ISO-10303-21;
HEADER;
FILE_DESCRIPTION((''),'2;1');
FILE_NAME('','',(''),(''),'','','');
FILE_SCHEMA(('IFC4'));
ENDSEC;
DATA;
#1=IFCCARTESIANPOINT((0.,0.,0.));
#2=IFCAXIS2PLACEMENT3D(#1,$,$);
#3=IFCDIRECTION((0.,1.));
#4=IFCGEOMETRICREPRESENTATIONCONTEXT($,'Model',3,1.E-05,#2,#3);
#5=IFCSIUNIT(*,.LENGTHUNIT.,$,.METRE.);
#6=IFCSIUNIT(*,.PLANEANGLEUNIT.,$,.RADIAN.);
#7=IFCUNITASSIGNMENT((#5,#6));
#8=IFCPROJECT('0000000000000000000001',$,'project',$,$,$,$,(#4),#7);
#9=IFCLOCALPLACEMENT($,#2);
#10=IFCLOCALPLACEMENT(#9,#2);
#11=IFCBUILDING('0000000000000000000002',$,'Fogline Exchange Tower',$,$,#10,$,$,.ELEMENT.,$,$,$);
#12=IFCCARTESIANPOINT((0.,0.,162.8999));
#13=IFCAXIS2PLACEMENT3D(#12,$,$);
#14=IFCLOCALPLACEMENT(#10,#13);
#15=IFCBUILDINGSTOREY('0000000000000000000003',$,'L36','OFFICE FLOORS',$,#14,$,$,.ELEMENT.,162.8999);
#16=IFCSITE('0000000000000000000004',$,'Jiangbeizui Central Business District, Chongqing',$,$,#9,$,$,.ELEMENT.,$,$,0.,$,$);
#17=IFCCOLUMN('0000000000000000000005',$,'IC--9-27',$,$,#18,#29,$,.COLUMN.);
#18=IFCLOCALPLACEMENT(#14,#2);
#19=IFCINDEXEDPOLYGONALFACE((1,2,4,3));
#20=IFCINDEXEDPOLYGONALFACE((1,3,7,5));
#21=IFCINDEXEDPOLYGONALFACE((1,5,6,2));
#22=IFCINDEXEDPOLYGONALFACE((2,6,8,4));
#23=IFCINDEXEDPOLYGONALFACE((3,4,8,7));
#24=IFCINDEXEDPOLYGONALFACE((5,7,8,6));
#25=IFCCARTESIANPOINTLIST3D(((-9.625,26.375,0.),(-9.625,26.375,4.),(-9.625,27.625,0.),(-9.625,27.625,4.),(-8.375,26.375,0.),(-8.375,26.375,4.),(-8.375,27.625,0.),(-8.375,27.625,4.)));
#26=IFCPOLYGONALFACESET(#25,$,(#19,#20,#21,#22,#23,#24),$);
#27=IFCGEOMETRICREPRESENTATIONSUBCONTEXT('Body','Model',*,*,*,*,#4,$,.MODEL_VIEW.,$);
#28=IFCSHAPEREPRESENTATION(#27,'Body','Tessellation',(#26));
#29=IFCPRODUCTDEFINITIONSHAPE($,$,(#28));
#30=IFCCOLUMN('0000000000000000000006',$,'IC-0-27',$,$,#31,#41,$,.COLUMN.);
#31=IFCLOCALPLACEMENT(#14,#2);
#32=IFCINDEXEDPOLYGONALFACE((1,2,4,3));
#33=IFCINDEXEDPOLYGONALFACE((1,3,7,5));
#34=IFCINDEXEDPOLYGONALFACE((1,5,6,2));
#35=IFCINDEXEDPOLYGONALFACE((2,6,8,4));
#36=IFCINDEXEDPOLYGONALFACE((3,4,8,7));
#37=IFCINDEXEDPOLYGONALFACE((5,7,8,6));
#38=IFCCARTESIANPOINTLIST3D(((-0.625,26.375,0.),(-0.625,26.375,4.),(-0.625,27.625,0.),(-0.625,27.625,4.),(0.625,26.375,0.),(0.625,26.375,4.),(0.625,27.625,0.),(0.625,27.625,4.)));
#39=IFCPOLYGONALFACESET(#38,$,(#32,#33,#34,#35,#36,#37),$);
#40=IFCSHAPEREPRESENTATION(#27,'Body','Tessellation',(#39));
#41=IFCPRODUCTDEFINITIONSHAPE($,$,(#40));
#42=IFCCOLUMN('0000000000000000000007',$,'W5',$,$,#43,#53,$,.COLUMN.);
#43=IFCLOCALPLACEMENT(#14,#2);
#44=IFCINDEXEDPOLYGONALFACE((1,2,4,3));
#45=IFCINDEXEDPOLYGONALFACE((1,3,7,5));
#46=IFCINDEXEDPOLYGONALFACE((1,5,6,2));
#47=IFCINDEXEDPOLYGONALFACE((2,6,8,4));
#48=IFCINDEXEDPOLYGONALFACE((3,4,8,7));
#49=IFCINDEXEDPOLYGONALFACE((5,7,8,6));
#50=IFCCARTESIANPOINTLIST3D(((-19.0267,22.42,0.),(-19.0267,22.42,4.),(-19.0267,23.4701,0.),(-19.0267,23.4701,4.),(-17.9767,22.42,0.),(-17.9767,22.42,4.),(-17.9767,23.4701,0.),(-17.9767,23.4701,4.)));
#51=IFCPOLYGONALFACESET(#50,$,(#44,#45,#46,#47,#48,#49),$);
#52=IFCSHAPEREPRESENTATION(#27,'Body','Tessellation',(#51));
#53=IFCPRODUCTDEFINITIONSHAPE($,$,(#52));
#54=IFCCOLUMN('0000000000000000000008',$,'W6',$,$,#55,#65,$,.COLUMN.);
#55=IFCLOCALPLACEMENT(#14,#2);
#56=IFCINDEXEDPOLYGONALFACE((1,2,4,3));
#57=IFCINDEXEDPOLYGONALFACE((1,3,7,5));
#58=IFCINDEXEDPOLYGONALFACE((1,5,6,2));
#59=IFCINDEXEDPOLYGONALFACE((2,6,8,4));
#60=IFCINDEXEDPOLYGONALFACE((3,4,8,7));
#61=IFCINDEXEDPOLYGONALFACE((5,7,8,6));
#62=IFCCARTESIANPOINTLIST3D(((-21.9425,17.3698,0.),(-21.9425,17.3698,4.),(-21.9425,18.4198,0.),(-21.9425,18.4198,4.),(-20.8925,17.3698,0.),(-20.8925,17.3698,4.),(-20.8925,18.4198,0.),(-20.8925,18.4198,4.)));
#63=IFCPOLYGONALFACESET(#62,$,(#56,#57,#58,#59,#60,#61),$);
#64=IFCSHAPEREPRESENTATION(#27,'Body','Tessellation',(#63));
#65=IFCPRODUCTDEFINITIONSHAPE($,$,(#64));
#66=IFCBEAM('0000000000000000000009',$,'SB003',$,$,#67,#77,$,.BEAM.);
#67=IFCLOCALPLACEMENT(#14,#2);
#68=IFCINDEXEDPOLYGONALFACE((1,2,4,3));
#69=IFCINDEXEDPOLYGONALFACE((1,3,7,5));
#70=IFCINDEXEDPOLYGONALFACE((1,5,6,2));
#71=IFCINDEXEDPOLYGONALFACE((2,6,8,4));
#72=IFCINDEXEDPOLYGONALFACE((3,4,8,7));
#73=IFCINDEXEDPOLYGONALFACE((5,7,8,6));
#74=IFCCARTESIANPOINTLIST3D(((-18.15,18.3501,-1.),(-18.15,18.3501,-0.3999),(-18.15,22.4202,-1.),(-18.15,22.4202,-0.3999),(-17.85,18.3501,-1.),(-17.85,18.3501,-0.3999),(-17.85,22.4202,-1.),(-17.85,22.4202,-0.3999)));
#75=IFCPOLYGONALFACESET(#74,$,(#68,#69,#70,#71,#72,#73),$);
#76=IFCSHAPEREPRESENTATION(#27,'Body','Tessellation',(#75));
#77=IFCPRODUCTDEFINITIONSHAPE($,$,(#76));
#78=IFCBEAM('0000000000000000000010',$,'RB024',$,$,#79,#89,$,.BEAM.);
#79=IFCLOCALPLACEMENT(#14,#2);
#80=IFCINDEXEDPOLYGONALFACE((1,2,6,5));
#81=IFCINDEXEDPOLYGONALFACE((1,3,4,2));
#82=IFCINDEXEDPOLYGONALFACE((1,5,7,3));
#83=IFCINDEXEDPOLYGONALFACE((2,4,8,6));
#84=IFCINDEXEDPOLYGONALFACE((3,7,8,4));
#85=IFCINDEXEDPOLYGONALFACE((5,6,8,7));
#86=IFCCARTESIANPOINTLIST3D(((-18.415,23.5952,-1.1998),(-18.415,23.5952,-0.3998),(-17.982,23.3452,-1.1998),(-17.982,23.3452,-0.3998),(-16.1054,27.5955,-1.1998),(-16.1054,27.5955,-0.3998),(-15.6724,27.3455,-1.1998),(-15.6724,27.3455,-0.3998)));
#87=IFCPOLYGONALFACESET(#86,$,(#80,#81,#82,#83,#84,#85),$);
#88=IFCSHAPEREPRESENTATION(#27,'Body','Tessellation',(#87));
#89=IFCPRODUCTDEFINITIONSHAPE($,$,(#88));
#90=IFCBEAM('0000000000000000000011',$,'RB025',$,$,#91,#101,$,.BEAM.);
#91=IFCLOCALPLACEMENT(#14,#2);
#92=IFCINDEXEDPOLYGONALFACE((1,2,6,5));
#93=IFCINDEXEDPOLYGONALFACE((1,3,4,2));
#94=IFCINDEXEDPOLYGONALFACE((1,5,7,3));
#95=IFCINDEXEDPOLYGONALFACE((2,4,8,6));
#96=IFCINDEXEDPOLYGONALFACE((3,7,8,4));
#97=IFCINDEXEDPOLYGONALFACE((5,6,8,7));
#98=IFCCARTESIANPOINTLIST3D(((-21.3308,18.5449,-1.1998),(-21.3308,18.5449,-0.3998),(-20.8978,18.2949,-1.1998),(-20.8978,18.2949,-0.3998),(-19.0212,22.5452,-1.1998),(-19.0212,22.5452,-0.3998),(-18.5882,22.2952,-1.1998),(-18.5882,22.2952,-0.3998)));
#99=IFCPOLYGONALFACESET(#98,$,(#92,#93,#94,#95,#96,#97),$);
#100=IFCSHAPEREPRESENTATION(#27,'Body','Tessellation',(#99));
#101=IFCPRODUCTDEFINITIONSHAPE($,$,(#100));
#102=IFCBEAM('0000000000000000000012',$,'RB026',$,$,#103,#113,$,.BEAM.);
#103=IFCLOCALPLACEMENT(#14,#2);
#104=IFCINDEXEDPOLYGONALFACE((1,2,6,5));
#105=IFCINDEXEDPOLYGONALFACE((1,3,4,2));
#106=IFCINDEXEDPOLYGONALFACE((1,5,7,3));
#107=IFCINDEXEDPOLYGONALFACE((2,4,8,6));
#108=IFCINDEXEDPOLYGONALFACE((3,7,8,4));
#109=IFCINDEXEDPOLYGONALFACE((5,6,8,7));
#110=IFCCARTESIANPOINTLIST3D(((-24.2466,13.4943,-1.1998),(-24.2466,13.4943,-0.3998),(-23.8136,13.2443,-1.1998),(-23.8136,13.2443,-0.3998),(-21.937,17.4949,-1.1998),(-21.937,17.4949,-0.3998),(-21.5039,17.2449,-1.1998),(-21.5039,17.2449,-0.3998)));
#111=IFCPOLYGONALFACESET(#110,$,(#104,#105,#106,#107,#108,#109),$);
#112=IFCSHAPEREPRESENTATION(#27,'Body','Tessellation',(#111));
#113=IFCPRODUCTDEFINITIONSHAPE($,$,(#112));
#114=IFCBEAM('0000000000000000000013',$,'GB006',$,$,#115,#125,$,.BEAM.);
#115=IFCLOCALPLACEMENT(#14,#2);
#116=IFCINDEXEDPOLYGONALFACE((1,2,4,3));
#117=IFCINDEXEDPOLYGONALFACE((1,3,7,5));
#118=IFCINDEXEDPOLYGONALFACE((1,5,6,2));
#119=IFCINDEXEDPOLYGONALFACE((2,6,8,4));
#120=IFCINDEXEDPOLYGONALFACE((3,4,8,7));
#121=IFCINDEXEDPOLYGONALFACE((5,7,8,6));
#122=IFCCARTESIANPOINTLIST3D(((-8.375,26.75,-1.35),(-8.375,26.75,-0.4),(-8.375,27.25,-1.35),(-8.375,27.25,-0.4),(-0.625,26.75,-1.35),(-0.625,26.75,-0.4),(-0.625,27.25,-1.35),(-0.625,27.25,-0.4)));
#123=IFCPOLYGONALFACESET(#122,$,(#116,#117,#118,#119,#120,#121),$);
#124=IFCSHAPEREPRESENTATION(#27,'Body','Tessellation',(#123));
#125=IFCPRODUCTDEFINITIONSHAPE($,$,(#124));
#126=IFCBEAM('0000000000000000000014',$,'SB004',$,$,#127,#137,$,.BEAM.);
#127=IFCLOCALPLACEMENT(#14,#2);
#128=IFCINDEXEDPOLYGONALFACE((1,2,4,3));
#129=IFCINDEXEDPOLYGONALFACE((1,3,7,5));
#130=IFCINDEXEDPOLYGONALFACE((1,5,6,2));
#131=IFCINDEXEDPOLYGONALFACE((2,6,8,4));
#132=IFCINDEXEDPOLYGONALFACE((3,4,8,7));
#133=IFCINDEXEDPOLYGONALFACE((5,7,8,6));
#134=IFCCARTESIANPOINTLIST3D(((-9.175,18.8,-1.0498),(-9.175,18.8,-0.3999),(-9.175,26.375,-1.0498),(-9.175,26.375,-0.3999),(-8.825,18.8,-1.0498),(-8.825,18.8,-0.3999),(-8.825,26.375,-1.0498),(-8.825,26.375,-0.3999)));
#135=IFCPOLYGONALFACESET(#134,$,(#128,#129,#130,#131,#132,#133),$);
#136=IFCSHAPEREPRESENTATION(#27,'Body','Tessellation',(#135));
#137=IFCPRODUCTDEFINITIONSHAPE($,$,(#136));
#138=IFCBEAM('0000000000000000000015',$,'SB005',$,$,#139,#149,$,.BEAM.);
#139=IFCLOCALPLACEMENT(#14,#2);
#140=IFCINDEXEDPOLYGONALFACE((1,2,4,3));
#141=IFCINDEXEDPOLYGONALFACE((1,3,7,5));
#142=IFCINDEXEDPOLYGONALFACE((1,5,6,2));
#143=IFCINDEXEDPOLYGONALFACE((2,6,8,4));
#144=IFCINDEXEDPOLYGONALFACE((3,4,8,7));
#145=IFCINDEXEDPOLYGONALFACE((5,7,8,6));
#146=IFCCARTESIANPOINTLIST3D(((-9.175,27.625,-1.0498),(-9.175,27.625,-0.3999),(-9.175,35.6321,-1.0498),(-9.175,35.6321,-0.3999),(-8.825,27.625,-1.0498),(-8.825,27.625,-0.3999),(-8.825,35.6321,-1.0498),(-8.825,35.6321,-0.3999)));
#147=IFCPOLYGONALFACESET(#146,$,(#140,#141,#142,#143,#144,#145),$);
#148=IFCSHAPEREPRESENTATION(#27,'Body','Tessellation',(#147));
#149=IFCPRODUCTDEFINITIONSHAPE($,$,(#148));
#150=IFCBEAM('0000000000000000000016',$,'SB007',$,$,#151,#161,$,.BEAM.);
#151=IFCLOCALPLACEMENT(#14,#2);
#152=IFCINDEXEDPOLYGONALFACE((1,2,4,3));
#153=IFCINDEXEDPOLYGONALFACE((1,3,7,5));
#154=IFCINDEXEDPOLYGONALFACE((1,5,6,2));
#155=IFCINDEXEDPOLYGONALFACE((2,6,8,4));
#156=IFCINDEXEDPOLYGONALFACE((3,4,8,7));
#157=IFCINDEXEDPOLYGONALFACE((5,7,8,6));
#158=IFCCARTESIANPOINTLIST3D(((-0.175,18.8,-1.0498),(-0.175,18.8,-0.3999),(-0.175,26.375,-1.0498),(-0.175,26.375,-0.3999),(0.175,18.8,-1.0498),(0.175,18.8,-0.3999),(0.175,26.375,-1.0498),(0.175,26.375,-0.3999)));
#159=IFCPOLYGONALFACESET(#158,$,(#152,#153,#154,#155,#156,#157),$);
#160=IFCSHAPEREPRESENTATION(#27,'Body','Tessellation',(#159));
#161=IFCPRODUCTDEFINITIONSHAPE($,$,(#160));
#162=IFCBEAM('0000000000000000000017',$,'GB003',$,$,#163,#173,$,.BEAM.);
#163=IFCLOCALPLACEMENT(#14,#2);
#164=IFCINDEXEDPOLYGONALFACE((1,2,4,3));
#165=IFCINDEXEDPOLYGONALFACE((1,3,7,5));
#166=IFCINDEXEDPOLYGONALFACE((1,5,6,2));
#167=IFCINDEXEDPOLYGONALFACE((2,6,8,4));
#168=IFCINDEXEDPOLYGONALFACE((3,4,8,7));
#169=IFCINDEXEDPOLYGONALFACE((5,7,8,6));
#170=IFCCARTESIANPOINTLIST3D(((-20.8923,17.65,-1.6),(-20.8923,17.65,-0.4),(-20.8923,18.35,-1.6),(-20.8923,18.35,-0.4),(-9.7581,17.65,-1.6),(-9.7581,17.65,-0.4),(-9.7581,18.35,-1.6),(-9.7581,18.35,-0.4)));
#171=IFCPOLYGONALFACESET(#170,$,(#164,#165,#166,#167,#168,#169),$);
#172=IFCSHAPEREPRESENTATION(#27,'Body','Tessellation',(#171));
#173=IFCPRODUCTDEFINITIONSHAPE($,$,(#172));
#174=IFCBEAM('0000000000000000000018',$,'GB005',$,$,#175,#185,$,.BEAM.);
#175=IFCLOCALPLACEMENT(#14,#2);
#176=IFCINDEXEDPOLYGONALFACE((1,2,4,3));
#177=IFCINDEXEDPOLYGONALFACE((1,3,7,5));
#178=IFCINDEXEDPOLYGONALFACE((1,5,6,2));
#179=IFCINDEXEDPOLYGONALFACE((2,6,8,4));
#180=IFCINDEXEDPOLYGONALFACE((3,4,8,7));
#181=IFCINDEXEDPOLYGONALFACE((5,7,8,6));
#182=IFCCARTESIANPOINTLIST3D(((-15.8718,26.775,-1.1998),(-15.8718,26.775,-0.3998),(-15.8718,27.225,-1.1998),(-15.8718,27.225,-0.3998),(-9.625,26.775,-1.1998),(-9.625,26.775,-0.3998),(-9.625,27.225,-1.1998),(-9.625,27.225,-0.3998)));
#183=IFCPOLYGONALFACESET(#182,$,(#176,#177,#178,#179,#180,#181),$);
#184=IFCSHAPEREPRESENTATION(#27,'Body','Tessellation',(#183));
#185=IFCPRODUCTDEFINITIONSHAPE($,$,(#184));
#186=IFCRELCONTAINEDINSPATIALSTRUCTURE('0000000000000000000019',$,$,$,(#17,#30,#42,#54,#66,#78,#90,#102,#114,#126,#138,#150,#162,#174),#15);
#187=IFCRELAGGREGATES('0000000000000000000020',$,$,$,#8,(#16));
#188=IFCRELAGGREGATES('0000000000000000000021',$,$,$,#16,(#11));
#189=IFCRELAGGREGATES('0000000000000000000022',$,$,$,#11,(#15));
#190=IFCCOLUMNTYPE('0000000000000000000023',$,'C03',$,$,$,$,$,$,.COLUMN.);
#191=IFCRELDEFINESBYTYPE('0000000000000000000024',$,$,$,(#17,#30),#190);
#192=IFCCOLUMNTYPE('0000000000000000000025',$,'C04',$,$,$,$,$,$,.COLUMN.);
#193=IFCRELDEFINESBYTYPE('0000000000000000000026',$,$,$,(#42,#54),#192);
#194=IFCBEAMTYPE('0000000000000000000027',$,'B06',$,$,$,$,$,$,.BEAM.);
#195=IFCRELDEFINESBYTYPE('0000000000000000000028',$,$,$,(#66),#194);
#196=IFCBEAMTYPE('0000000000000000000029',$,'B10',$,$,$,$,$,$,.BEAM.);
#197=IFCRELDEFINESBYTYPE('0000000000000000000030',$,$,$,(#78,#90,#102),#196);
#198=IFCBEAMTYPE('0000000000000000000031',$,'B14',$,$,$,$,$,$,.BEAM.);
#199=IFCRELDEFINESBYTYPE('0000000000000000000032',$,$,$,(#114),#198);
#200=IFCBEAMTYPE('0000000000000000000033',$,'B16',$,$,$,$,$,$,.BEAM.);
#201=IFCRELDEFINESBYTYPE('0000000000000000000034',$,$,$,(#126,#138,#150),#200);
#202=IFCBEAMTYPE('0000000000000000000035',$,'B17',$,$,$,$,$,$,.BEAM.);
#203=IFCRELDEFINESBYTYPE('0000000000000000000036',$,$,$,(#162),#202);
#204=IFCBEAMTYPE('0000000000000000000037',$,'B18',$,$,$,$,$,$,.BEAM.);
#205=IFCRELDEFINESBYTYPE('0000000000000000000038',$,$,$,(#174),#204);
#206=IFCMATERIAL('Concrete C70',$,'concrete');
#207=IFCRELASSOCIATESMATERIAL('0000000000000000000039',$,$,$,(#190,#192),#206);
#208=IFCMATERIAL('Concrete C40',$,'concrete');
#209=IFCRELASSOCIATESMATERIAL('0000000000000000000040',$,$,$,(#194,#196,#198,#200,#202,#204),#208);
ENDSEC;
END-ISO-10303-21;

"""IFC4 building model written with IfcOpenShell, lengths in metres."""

from ifc_helpers import new_model, si_unit, direction, frame, origin, origin_2d, place, context, subcontext, project, spatial, rectangle, extrude, material, material_profile, profile_set, type_object, element, save


model = new_model("IFC4")

# Units and contexts
model_context = context("Model", 3, precision=1e-05, world=origin(), true_north=direction((0.0, 1.0)))
body_context = subcontext(model_context, "Body", "Model", "MODEL_VIEW")
ifc_project = project(units=[si_unit("LENGTHUNIT", "METRE"), si_unit("PLANEANGLEUNIT", "RADIAN")], contexts=[model_context])

# Site, building, storey
site_placement = place(None, origin())
site = spatial("IfcSite", under=ifc_project, at=site_placement, Name="Jiangbeizui Central Business District, Chongqing", CompositionType="ELEMENT", RefElevation=0.0)
building_placement = place(site_placement, origin())
building = spatial("IfcBuilding", under=site, at=building_placement, Name="Fogline Exchange Tower", CompositionType="ELEMENT")
storey_placement = place(building_placement, frame((0.0, 0.0, 162.8999)))
storey = spatial("IfcBuildingStorey", under=building, at=storey_placement, Name="L36", Description="OFFICE FLOORS", CompositionType="ELEMENT", Elevation=162.8999)

# Columns
ifc_material_1 = material(Name="Concrete C70", Category="concrete")
ifc_material_profile_1 = material_profile(ifc_material_1, rectangle(XDim=1.25, YDim=1.25, at=origin_2d()), Name="RC 1250x1250")
ifc_profile_set_1 = profile_set([ifc_material_profile_1], Name="Concrete C70")
column_type_1 = type_object("IfcColumnType", Name="C03", PredefinedType="COLUMN", material=ifc_profile_set_1)
for number, where, z_axis, x_axis, name in (
    (1, (-9.0, 27.0, 0.0), (0.0, 0.0, 1.0), (1.0, 0.0, 0.0), "IC--9-27"),
    (2, (0.0, 27.0, 0.0), (0.0, 0.0, 1.0), (1.0, 0.0, 0.0), "IC-0-27"),
):
    element("IfcColumn", number, at=place(storey_placement, frame(where, z_axis=z_axis, x_axis=x_axis)), inside=storey, type_object=column_type_1, Name=name, PredefinedType="COLUMN", context=body_context, shape_type="SweptSolid", body=[
        extrude(rectangle(XDim=1.25, YDim=1.25, at=origin_2d()), origin(), (0.0, 0.0, 1.0), 4.0),
    ])
ifc_material_profile_2 = material_profile(ifc_material_1, rectangle(XDim=1.05, YDim=1.05, at=origin_2d()), Name="RC 1050x1050")
ifc_profile_set_2 = profile_set([ifc_material_profile_2], Name="Concrete C70")
column_type_2 = type_object("IfcColumnType", Name="C04", PredefinedType="COLUMN", material=ifc_profile_set_2)
for number, where, z_axis, x_axis, name in (
    (3, (-18.5017, 22.9451, 0.0), (0.0, 0.0, 1.0), (1.0, 0.0, 0.0), "W5"),
    (4, (-21.4175, 17.8948, 0.0), (0.0, 0.0, 1.0), (1.0, 0.0, 0.0), "W6"),
):
    element("IfcColumn", number, at=place(storey_placement, frame(where, z_axis=z_axis, x_axis=x_axis)), inside=storey, type_object=column_type_2, Name=name, PredefinedType="COLUMN", context=body_context, shape_type="SweptSolid", body=[
        extrude(rectangle(XDim=1.05, YDim=1.05, at=origin_2d()), origin(), (0.0, 0.0, 1.0), 4.0),
    ])

# Beams
ifc_material_2 = material(Name="Concrete C40", Category="concrete")
ifc_material_profile_3 = material_profile(ifc_material_2, rectangle(XDim=0.3, YDim=0.6001, at=origin_2d()), Name="RC 300x600")
ifc_profile_set_3 = profile_set([ifc_material_profile_3], Name="Concrete C40")
beam_type_1 = type_object("IfcBeamType", Name="B06", PredefinedType="BEAM", material=ifc_profile_set_3)
beam_1_placement = place(storey_placement, frame((-18.0, 18.3501, -0.7), z_axis=(0.0, 1.0, 0.0), x_axis=(-1.0, 0.0, 0.0)))
element("IfcBeam", 5, at=beam_1_placement, inside=storey, type_object=beam_type_1, Name="SB003", PredefinedType="BEAM", context=body_context, shape_type="SweptSolid", body=[
    extrude(rectangle(XDim=0.3, YDim=0.6001, at=origin_2d()), origin(), (0.0, 0.0, 1.0), 4.0701),
])
ifc_material_profile_4 = material_profile(ifc_material_2, rectangle(XDim=0.5, YDim=0.8, at=origin_2d()), Name="RC 500x800")
ifc_profile_set_4 = profile_set([ifc_material_profile_4], Name="Concrete C40")
beam_type_2 = type_object("IfcBeamType", Name="B10", PredefinedType="BEAM", material=ifc_profile_set_4)
for number, where, z_axis, x_axis, name in (
    (6, (-15.8889, 27.4705, -0.7998), (-0.500005, -0.866023, 0.0), (0.866023, -0.500005, 0.0), "RB024"),
    (7, (-18.8047, 22.4202, -0.7998), (-0.500005, -0.866023, 0.0), (0.866023, -0.500005, 0.0), "RB025"),
):
    element("IfcBeam", number, at=place(storey_placement, frame(where, z_axis=z_axis, x_axis=x_axis)), inside=storey, type_object=beam_type_2, Name=name, PredefinedType="BEAM", context=body_context, shape_type="SweptSolid", body=[
        extrude(rectangle(XDim=0.5, YDim=0.8, at=origin_2d()), origin(), (0.0, 0.0, 1.0), 4.6191),
    ])
beam_2_placement = place(storey_placement, frame((-21.7205, 17.3699, -0.7998), z_axis=(-0.499982, -0.866036, 0.0), x_axis=(0.866036, -0.499982, 0.0)))
element("IfcBeam", 8, at=beam_2_placement, inside=storey, type_object=beam_type_2, Name="RB026", PredefinedType="BEAM", context=body_context, shape_type="SweptSolid", body=[
    extrude(rectangle(XDim=0.5, YDim=0.8, at=origin_2d()), origin(), (0.0, 0.0, 1.0), 4.6194),
])
ifc_material_profile_5 = material_profile(ifc_material_2, rectangle(XDim=0.5, YDim=0.95, at=origin_2d()), Name="RC 500x950")
ifc_profile_set_5 = profile_set([ifc_material_profile_5], Name="Concrete C40")
beam_type_3 = type_object("IfcBeamType", Name="B14", PredefinedType="BEAM", material=ifc_profile_set_5)
beam_3_placement = place(storey_placement, frame((-8.375, 27.0, -0.875), z_axis=(1.0, 0.0, 0.0), x_axis=(0.0, 1.0, 0.0)))
element("IfcBeam", 9, at=beam_3_placement, inside=storey, type_object=beam_type_3, Name="GB006", PredefinedType="BEAM", context=body_context, shape_type="SweptSolid", body=[
    extrude(rectangle(XDim=0.5, YDim=0.95, at=origin_2d()), origin(), (0.0, 0.0, 1.0), 7.75),
])
ifc_material_profile_6 = material_profile(ifc_material_2, rectangle(XDim=0.3501, YDim=0.6499, at=origin_2d()), Name="RC 350x650")
ifc_profile_set_6 = profile_set([ifc_material_profile_6], Name="Concrete C40")
beam_type_4 = type_object("IfcBeamType", Name="B16", PredefinedType="BEAM", material=ifc_profile_set_6)
beam_4_placement = place(storey_placement, frame((-9.0, 18.8, -0.7249), z_axis=(0.0, 1.0, 0.0), x_axis=(-1.0, 0.0, 0.0)))
element("IfcBeam", 10, at=beam_4_placement, inside=storey, type_object=beam_type_4, Name="SB004", PredefinedType="BEAM", context=body_context, shape_type="SweptSolid", body=[
    extrude(rectangle(XDim=0.3501, YDim=0.6499, at=origin_2d()), origin(), (0.0, 0.0, 1.0), 7.575),
])
beam_5_placement = place(storey_placement, frame((-9.0, 27.625, -0.7249), z_axis=(0.0, 1.0, 0.0), x_axis=(-1.0, 0.0, 0.0)))
element("IfcBeam", 11, at=beam_5_placement, inside=storey, type_object=beam_type_4, Name="SB005", PredefinedType="BEAM", context=body_context, shape_type="SweptSolid", body=[
    extrude(rectangle(XDim=0.3501, YDim=0.6499, at=origin_2d()), origin(), (0.0, 0.0, 1.0), 8.0071),
])
beam_6_placement = place(storey_placement, frame((0.0, 18.8, -0.7249), z_axis=(0.0, 1.0, 0.0), x_axis=(-1.0, 0.0, 0.0)))
element("IfcBeam", 12, at=beam_6_placement, inside=storey, type_object=beam_type_4, Name="SB007", PredefinedType="BEAM", context=body_context, shape_type="SweptSolid", body=[
    extrude(rectangle(XDim=0.3501, YDim=0.6499, at=origin_2d()), origin(), (0.0, 0.0, 1.0), 7.575),
])
ifc_material_profile_7 = material_profile(ifc_material_2, rectangle(XDim=0.7, YDim=1.2, at=origin_2d()), Name="RC 700x1200")
ifc_profile_set_7 = profile_set([ifc_material_profile_7], Name="Concrete C40")
beam_type_5 = type_object("IfcBeamType", Name="B17", PredefinedType="BEAM", material=ifc_profile_set_7)
beam_7_placement = place(storey_placement, frame((-20.8923, 18.0, -1.0), z_axis=(1.0, 0.0, 0.0), x_axis=(0.0, 1.0, 0.0)))
element("IfcBeam", 13, at=beam_7_placement, inside=storey, type_object=beam_type_5, Name="GB003", PredefinedType="BEAM", context=body_context, shape_type="SweptSolid", body=[
    extrude(rectangle(XDim=0.7, YDim=1.2, at=origin_2d()), origin(), (0.0, 0.0, 1.0), 11.1343),
])
ifc_material_profile_8 = material_profile(ifc_material_2, rectangle(XDim=0.45, YDim=0.8, at=origin_2d()), Name="RC 450x800")
ifc_profile_set_8 = profile_set([ifc_material_profile_8], Name="Concrete C40")
beam_type_6 = type_object("IfcBeamType", Name="B18", PredefinedType="BEAM", material=ifc_profile_set_8)
beam_8_placement = place(storey_placement, frame((-15.8718, 27.0, -0.7998), z_axis=(1.0, 0.0, 0.0), x_axis=(0.0, 1.0, 0.0)))
element("IfcBeam", 14, at=beam_8_placement, inside=storey, type_object=beam_type_6, Name="GB005", PredefinedType="BEAM", context=body_context, shape_type="SweptSolid", body=[
    extrude(rectangle(XDim=0.45, YDim=0.8, at=origin_2d()), origin(), (0.0, 0.0, 1.0), 6.2468),
])

save(model, "model.ifc")
